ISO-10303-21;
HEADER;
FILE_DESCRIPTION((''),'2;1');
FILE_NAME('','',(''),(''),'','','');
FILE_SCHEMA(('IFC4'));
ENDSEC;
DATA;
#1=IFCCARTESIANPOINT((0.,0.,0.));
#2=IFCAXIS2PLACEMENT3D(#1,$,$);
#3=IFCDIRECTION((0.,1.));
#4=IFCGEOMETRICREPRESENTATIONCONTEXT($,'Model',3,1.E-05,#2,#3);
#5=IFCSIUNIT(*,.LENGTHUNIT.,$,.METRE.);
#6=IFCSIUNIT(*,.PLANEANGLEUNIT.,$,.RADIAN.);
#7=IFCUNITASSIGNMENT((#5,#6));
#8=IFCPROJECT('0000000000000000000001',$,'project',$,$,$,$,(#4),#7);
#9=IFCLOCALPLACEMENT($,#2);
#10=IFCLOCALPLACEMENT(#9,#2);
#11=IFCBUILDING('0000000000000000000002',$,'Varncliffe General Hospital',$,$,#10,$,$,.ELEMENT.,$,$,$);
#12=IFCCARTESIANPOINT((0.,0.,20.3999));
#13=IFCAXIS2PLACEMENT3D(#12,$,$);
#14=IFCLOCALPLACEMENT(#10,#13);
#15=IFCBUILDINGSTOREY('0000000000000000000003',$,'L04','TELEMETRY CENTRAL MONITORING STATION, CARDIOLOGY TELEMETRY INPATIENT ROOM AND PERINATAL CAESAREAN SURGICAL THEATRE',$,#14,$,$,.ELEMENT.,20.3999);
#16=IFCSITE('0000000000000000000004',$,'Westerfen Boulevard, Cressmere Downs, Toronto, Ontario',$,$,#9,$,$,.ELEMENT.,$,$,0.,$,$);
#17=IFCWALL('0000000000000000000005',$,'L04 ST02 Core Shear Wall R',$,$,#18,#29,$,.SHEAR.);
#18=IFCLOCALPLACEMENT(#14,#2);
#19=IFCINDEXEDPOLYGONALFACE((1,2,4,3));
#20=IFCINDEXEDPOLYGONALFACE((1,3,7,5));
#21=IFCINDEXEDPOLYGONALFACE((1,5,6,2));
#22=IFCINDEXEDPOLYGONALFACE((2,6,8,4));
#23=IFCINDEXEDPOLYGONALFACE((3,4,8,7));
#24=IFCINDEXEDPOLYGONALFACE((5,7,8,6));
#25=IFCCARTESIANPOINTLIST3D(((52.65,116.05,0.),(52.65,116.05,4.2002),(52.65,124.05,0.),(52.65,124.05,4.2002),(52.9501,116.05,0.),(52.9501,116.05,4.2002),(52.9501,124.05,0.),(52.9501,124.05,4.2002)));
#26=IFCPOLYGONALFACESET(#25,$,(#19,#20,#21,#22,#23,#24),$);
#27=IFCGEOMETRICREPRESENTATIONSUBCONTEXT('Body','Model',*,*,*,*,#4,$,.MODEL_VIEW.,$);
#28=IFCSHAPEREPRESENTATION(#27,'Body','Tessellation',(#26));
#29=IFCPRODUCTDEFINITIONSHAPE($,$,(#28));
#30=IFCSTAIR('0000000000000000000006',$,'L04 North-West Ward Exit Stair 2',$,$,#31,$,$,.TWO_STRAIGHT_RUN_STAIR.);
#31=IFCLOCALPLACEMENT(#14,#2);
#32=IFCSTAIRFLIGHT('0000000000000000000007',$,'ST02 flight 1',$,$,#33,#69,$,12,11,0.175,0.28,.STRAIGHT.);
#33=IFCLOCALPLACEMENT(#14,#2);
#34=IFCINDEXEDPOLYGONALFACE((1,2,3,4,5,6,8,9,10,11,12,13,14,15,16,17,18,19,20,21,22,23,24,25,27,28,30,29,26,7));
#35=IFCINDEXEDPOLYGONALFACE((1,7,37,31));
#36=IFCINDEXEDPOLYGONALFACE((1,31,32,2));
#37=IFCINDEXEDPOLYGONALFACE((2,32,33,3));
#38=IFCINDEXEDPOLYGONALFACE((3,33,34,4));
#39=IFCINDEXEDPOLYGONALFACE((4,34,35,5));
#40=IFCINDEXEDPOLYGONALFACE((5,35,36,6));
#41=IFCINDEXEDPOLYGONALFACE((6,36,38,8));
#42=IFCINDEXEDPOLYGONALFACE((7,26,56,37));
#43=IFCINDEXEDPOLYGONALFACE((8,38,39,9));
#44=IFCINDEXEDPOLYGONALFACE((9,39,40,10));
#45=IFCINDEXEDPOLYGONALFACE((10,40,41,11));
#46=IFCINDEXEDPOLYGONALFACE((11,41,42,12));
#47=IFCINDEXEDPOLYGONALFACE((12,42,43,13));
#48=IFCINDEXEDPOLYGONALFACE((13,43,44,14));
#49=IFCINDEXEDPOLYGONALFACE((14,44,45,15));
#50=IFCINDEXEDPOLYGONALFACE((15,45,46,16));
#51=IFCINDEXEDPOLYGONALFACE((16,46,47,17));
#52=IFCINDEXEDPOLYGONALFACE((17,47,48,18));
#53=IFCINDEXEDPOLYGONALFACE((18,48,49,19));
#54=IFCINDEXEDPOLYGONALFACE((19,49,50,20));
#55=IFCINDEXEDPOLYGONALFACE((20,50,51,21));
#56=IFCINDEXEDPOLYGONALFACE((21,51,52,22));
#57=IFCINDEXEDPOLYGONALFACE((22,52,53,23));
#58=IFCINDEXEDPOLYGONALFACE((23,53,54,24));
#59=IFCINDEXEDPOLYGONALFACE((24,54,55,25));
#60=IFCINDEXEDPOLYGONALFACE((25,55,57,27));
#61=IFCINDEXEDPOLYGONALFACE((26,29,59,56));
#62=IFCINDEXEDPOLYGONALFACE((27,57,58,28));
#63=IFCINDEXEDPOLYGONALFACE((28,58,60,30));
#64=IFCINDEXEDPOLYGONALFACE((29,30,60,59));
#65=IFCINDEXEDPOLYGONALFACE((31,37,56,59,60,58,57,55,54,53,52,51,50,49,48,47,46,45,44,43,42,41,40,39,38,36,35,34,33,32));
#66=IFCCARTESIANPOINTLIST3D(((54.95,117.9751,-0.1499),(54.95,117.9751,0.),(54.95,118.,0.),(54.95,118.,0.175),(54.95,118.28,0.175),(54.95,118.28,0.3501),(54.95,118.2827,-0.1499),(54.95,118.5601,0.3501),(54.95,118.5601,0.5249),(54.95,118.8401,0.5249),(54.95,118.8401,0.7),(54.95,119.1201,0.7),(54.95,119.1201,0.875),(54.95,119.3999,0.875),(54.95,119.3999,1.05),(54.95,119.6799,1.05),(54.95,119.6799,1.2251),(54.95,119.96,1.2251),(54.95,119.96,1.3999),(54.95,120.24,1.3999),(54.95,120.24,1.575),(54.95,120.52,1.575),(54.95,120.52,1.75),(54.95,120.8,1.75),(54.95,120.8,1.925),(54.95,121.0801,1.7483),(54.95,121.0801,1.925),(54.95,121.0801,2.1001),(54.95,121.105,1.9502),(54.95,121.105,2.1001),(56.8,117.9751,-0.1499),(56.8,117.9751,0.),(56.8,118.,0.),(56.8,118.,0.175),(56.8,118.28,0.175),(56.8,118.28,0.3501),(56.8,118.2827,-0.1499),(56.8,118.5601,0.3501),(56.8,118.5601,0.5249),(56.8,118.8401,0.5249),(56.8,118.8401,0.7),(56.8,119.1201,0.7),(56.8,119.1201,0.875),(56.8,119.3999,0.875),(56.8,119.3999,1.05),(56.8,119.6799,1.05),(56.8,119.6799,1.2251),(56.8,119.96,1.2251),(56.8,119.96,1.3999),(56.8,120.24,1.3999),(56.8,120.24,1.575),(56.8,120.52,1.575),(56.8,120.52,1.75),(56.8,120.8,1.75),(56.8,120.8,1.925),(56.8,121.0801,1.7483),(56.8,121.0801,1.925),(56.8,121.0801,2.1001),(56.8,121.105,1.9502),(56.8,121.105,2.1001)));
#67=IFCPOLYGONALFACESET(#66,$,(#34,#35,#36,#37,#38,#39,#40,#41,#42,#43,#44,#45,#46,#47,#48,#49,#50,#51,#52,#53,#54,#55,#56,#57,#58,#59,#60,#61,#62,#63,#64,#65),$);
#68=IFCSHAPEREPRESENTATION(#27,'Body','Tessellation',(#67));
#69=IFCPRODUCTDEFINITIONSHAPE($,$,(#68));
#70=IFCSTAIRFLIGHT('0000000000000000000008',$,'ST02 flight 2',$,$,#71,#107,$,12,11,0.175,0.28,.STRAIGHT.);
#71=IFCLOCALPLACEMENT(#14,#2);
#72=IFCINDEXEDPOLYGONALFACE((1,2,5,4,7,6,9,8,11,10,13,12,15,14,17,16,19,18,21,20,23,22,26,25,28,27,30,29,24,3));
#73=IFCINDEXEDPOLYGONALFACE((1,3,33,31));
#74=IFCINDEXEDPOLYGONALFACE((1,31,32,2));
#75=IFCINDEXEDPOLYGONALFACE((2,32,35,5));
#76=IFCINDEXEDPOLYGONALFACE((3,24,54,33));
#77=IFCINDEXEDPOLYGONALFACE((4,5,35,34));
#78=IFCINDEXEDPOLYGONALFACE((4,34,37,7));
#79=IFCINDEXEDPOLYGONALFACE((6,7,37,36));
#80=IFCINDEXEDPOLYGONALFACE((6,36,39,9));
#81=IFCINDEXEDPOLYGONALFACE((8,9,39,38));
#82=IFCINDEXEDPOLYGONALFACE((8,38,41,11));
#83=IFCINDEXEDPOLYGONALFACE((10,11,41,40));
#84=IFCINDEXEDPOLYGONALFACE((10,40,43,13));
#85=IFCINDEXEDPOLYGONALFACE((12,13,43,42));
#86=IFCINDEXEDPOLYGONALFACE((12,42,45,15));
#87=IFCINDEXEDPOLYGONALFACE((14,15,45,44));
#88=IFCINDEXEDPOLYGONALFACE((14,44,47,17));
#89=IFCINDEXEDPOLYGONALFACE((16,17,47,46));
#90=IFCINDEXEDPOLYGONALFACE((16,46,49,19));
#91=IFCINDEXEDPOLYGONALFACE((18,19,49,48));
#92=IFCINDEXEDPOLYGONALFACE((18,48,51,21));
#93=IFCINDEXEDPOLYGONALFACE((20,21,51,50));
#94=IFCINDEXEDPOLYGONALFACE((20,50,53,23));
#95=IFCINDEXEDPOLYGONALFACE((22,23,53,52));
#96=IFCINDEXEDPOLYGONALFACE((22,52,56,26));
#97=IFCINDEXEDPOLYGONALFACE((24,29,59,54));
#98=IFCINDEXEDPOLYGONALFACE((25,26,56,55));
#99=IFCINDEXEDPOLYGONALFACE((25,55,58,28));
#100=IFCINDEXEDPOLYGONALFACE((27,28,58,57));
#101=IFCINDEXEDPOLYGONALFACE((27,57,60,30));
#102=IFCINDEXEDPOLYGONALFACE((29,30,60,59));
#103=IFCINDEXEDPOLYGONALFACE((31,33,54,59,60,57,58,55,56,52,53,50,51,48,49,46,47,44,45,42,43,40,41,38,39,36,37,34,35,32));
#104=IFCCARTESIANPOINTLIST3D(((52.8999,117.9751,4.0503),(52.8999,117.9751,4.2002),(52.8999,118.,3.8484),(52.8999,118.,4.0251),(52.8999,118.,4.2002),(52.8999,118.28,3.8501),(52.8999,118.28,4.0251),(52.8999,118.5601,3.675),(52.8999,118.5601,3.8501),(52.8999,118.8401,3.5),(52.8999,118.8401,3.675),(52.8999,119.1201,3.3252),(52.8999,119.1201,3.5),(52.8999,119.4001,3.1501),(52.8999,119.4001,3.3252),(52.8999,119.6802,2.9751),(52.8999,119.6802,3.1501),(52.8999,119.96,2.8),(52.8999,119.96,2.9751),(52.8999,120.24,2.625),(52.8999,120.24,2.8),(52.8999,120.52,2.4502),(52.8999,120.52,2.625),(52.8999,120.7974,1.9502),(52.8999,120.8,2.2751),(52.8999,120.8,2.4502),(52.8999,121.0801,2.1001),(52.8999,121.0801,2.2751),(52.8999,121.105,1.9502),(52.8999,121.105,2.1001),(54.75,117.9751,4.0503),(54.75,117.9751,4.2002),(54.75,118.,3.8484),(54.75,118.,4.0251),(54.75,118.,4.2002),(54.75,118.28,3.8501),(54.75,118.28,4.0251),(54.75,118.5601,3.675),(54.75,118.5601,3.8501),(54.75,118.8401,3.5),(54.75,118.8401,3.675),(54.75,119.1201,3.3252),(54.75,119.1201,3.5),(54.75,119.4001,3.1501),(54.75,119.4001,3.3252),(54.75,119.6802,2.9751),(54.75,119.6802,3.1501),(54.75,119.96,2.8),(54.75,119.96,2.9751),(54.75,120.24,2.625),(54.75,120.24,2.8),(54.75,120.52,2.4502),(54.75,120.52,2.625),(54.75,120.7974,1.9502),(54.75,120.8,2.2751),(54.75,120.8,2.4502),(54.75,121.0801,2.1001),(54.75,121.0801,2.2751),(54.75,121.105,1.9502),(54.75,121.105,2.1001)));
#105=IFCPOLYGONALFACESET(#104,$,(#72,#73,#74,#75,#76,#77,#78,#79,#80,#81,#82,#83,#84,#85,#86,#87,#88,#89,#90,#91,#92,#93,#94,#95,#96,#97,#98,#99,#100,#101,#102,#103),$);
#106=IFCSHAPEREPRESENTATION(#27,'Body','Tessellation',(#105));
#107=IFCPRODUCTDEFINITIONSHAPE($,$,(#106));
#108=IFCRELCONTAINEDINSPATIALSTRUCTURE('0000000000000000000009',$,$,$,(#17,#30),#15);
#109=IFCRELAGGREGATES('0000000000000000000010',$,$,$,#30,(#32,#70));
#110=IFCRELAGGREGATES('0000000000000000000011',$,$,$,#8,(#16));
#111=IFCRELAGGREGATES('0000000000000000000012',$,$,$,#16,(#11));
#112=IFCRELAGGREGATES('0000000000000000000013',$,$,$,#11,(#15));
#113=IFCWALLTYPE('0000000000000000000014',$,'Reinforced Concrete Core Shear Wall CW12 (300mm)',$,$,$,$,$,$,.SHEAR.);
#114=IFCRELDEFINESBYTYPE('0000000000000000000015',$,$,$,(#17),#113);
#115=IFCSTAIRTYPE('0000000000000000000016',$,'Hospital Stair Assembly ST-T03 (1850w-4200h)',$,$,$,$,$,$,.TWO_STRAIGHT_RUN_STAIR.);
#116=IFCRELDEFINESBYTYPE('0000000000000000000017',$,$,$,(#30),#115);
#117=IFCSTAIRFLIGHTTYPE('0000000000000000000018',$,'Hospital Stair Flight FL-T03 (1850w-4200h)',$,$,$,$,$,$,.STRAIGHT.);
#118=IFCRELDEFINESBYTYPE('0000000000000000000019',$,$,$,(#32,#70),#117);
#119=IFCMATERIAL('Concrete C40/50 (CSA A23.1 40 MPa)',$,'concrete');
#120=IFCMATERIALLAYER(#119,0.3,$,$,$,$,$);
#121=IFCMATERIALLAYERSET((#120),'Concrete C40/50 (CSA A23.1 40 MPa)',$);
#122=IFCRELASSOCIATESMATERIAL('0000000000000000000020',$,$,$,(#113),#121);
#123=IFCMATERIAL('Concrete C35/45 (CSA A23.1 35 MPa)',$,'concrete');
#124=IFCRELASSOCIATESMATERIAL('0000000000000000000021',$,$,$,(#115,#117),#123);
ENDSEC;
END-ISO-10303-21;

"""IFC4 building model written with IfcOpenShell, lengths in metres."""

from ifc_helpers import new_model, si_unit, direction, frame, frame_2d, origin, place, context, subcontext, project, spatial, polyline, rectangle, outline, extrude, material, layer, layer_set, type_object, element, aggregate, save


model = new_model("IFC4")

# Units and contexts
model_context = context("Model", 3, precision=1e-05, world=origin(), true_north=direction((0.0, 1.0)))
body_context = subcontext(model_context, "Body", "Model", "MODEL_VIEW")
ifc_project = project(units=[si_unit("LENGTHUNIT", "METRE"), si_unit("PLANEANGLEUNIT", "RADIAN")], contexts=[model_context])

# Site, building, storey
site_placement = place(None, origin())
site = spatial("IfcSite", under=ifc_project, at=site_placement, Name="Westerfen Boulevard, Cressmere Downs, Toronto, Ontario", CompositionType="ELEMENT", RefElevation=0.0)
building_placement = place(site_placement, origin())
building = spatial("IfcBuilding", under=site, at=building_placement, Name="Varncliffe General Hospital", CompositionType="ELEMENT")
storey_placement = place(building_placement, frame((0.0, 0.0, 20.3999)))
storey = spatial("IfcBuildingStorey", under=building, at=storey_placement, Name="L04", Description="TELEMETRY CENTRAL MONITORING STATION, CARDIOLOGY TELEMETRY INPATIENT ROOM AND PERINATAL CAESAREAN SURGICAL THEATRE", CompositionType="ELEMENT", Elevation=20.3999)

# Shared definitions
ifc_material_1 = material(Name="Concrete C40/50 (CSA A23.1 40 MPa)", Category="concrete")

# Shared definitions
ifc_material_2 = material(Name="Concrete C35/45 (CSA A23.1 35 MPa)", Category="concrete")

# Wall
ifc_layer_1 = layer(ifc_material_1, 0.3)
ifc_layer_set_1 = layer_set([ifc_layer_1], Name="Concrete C40/50 (CSA A23.1 40 MPa)")
wall_type_1 = type_object("IfcWallType", Name="Reinforced Concrete Core Shear Wall CW12 (300mm)", PredefinedType="SHEAR", material=ifc_layer_set_1)
wall_1_placement = place(storey_placement, frame((52.8, 124.05, 0.0), z_axis=(0.0, 0.0, 1.0), x_axis=(0.0, -1.0, 0.0)))
element("IfcWall", 1, at=wall_1_placement, inside=storey, type_object=wall_type_1, Name="L04 ST02 Core Shear Wall R", PredefinedType="SHEAR", context=body_context, shape_type="SweptSolid", body=[
    extrude(rectangle(XDim=8.0, YDim=0.3, at=frame_2d((4.0, 0.0))), origin(), (0.0, 0.0, 1.0), 4.2002),
])

# Stair, stair flights
stair_type = type_object("IfcStairType", Name="Hospital Stair Assembly ST-T03 (1850w-4200h)", PredefinedType="TWO_STRAIGHT_RUN_STAIR", material=ifc_material_2)
stair_placement = place(storey_placement, origin())
stair = element("IfcStair", 2, at=stair_placement, inside=storey, type_object=stair_type, Name="L04 North-West Ward Exit Stair 2", PredefinedType="TWO_STRAIGHT_RUN_STAIR")
stair_flight_type = type_object("IfcStairFlightType", Name="Hospital Stair Flight FL-T03 (1850w-4200h)", PredefinedType="STRAIGHT", material=ifc_material_2)
stair_flight_1_placement = place(storey_placement, frame((55.875, 118.0, 0.0), z_axis=(0.0, 0.0, 1.0), x_axis=(0.0, 1.0, 0.0)))
stair_flight_1 = element("IfcStairFlight", 3, at=stair_flight_1_placement, type_object=stair_flight_type, Name="ST02 flight 1", NumberOfRisers=12, NumberOfTreads=11, PredefinedType="STRAIGHT", RiserHeight=0.175, TreadLength=0.28, context=body_context, shape_type="SweptSolid", body=[
    extrude(outline(polyline([(-0.0249, -0.1499), (-0.0249, 0.0), (0.0, 0.0), (0.0, 0.175), (0.28, 0.175), (0.28, 0.3501), (0.5601, 0.3501), (0.5601, 0.5249), (0.8401, 0.5249), (0.8401, 0.7), (1.1201, 0.7), (1.1201, 0.875), (1.3999, 0.875), (1.3999, 1.05), (1.6799, 1.05), (1.6799, 1.2251), (1.96, 1.2251), (1.96, 1.3999), (2.24, 1.3999), (2.24, 1.575), (2.52, 1.575), (2.52, 1.75), (2.8, 1.75), (2.8, 1.925), (3.0801, 1.925), (3.0801, 2.1001), (3.105, 2.1001), (3.105, 1.9502), (3.0801, 1.7483), (0.2827, -0.1499), (-0.0249, -0.1499)])), frame((0.0, 0.925, 0.0), z_axis=(0.0, -1.0, 0.0), x_axis=(1.0, 0.0, 0.0)), (0.0, 0.0, 1.0), 1.8501),
])
stair_flight_2_placement = place(storey_placement, frame((53.825, 121.0801, 2.1001), z_axis=(0.0, 0.0, 1.0), x_axis=(0.0, -1.0, 0.0)))
stair_flight_2 = element("IfcStairFlight", 4, at=stair_flight_2_placement, type_object=stair_flight_type, Name="ST02 flight 2", NumberOfRisers=12, NumberOfTreads=11, PredefinedType="STRAIGHT", RiserHeight=0.175, TreadLength=0.28, context=body_context, shape_type="SweptSolid", body=[
    extrude(outline(polyline([(-0.0249, -0.1499), (-0.0249, 0.0), (0.0, 0.0), (0.0, 0.175), (0.28, 0.175), (0.28, 0.3501), (0.5601, 0.3501), (0.5601, 0.5249), (0.8401, 0.5249), (0.8401, 0.7), (1.1201, 0.7), (1.1201, 0.875), (1.3999, 0.875), (1.3999, 1.05), (1.6799, 1.05), (1.6799, 1.2251), (1.96, 1.2251), (1.96, 1.3999), (2.24, 1.3999), (2.24, 1.575), (2.52, 1.575), (2.52, 1.75), (2.8, 1.75), (2.8, 1.925), (3.0801, 1.925), (3.0801, 2.1001), (3.105, 2.1001), (3.105, 1.9502), (3.0801, 1.7483), (0.2827, -0.1499), (-0.0249, -0.1499)])), frame((0.0, 0.925, 0.0), z_axis=(0.0, -1.0, 0.0), x_axis=(1.0, 0.0, 0.0)), (0.0, 0.0, 1.0), 1.8501),
])
aggregate(stair, [stair_flight_1, stair_flight_2])

save(model, "model.ifc")
